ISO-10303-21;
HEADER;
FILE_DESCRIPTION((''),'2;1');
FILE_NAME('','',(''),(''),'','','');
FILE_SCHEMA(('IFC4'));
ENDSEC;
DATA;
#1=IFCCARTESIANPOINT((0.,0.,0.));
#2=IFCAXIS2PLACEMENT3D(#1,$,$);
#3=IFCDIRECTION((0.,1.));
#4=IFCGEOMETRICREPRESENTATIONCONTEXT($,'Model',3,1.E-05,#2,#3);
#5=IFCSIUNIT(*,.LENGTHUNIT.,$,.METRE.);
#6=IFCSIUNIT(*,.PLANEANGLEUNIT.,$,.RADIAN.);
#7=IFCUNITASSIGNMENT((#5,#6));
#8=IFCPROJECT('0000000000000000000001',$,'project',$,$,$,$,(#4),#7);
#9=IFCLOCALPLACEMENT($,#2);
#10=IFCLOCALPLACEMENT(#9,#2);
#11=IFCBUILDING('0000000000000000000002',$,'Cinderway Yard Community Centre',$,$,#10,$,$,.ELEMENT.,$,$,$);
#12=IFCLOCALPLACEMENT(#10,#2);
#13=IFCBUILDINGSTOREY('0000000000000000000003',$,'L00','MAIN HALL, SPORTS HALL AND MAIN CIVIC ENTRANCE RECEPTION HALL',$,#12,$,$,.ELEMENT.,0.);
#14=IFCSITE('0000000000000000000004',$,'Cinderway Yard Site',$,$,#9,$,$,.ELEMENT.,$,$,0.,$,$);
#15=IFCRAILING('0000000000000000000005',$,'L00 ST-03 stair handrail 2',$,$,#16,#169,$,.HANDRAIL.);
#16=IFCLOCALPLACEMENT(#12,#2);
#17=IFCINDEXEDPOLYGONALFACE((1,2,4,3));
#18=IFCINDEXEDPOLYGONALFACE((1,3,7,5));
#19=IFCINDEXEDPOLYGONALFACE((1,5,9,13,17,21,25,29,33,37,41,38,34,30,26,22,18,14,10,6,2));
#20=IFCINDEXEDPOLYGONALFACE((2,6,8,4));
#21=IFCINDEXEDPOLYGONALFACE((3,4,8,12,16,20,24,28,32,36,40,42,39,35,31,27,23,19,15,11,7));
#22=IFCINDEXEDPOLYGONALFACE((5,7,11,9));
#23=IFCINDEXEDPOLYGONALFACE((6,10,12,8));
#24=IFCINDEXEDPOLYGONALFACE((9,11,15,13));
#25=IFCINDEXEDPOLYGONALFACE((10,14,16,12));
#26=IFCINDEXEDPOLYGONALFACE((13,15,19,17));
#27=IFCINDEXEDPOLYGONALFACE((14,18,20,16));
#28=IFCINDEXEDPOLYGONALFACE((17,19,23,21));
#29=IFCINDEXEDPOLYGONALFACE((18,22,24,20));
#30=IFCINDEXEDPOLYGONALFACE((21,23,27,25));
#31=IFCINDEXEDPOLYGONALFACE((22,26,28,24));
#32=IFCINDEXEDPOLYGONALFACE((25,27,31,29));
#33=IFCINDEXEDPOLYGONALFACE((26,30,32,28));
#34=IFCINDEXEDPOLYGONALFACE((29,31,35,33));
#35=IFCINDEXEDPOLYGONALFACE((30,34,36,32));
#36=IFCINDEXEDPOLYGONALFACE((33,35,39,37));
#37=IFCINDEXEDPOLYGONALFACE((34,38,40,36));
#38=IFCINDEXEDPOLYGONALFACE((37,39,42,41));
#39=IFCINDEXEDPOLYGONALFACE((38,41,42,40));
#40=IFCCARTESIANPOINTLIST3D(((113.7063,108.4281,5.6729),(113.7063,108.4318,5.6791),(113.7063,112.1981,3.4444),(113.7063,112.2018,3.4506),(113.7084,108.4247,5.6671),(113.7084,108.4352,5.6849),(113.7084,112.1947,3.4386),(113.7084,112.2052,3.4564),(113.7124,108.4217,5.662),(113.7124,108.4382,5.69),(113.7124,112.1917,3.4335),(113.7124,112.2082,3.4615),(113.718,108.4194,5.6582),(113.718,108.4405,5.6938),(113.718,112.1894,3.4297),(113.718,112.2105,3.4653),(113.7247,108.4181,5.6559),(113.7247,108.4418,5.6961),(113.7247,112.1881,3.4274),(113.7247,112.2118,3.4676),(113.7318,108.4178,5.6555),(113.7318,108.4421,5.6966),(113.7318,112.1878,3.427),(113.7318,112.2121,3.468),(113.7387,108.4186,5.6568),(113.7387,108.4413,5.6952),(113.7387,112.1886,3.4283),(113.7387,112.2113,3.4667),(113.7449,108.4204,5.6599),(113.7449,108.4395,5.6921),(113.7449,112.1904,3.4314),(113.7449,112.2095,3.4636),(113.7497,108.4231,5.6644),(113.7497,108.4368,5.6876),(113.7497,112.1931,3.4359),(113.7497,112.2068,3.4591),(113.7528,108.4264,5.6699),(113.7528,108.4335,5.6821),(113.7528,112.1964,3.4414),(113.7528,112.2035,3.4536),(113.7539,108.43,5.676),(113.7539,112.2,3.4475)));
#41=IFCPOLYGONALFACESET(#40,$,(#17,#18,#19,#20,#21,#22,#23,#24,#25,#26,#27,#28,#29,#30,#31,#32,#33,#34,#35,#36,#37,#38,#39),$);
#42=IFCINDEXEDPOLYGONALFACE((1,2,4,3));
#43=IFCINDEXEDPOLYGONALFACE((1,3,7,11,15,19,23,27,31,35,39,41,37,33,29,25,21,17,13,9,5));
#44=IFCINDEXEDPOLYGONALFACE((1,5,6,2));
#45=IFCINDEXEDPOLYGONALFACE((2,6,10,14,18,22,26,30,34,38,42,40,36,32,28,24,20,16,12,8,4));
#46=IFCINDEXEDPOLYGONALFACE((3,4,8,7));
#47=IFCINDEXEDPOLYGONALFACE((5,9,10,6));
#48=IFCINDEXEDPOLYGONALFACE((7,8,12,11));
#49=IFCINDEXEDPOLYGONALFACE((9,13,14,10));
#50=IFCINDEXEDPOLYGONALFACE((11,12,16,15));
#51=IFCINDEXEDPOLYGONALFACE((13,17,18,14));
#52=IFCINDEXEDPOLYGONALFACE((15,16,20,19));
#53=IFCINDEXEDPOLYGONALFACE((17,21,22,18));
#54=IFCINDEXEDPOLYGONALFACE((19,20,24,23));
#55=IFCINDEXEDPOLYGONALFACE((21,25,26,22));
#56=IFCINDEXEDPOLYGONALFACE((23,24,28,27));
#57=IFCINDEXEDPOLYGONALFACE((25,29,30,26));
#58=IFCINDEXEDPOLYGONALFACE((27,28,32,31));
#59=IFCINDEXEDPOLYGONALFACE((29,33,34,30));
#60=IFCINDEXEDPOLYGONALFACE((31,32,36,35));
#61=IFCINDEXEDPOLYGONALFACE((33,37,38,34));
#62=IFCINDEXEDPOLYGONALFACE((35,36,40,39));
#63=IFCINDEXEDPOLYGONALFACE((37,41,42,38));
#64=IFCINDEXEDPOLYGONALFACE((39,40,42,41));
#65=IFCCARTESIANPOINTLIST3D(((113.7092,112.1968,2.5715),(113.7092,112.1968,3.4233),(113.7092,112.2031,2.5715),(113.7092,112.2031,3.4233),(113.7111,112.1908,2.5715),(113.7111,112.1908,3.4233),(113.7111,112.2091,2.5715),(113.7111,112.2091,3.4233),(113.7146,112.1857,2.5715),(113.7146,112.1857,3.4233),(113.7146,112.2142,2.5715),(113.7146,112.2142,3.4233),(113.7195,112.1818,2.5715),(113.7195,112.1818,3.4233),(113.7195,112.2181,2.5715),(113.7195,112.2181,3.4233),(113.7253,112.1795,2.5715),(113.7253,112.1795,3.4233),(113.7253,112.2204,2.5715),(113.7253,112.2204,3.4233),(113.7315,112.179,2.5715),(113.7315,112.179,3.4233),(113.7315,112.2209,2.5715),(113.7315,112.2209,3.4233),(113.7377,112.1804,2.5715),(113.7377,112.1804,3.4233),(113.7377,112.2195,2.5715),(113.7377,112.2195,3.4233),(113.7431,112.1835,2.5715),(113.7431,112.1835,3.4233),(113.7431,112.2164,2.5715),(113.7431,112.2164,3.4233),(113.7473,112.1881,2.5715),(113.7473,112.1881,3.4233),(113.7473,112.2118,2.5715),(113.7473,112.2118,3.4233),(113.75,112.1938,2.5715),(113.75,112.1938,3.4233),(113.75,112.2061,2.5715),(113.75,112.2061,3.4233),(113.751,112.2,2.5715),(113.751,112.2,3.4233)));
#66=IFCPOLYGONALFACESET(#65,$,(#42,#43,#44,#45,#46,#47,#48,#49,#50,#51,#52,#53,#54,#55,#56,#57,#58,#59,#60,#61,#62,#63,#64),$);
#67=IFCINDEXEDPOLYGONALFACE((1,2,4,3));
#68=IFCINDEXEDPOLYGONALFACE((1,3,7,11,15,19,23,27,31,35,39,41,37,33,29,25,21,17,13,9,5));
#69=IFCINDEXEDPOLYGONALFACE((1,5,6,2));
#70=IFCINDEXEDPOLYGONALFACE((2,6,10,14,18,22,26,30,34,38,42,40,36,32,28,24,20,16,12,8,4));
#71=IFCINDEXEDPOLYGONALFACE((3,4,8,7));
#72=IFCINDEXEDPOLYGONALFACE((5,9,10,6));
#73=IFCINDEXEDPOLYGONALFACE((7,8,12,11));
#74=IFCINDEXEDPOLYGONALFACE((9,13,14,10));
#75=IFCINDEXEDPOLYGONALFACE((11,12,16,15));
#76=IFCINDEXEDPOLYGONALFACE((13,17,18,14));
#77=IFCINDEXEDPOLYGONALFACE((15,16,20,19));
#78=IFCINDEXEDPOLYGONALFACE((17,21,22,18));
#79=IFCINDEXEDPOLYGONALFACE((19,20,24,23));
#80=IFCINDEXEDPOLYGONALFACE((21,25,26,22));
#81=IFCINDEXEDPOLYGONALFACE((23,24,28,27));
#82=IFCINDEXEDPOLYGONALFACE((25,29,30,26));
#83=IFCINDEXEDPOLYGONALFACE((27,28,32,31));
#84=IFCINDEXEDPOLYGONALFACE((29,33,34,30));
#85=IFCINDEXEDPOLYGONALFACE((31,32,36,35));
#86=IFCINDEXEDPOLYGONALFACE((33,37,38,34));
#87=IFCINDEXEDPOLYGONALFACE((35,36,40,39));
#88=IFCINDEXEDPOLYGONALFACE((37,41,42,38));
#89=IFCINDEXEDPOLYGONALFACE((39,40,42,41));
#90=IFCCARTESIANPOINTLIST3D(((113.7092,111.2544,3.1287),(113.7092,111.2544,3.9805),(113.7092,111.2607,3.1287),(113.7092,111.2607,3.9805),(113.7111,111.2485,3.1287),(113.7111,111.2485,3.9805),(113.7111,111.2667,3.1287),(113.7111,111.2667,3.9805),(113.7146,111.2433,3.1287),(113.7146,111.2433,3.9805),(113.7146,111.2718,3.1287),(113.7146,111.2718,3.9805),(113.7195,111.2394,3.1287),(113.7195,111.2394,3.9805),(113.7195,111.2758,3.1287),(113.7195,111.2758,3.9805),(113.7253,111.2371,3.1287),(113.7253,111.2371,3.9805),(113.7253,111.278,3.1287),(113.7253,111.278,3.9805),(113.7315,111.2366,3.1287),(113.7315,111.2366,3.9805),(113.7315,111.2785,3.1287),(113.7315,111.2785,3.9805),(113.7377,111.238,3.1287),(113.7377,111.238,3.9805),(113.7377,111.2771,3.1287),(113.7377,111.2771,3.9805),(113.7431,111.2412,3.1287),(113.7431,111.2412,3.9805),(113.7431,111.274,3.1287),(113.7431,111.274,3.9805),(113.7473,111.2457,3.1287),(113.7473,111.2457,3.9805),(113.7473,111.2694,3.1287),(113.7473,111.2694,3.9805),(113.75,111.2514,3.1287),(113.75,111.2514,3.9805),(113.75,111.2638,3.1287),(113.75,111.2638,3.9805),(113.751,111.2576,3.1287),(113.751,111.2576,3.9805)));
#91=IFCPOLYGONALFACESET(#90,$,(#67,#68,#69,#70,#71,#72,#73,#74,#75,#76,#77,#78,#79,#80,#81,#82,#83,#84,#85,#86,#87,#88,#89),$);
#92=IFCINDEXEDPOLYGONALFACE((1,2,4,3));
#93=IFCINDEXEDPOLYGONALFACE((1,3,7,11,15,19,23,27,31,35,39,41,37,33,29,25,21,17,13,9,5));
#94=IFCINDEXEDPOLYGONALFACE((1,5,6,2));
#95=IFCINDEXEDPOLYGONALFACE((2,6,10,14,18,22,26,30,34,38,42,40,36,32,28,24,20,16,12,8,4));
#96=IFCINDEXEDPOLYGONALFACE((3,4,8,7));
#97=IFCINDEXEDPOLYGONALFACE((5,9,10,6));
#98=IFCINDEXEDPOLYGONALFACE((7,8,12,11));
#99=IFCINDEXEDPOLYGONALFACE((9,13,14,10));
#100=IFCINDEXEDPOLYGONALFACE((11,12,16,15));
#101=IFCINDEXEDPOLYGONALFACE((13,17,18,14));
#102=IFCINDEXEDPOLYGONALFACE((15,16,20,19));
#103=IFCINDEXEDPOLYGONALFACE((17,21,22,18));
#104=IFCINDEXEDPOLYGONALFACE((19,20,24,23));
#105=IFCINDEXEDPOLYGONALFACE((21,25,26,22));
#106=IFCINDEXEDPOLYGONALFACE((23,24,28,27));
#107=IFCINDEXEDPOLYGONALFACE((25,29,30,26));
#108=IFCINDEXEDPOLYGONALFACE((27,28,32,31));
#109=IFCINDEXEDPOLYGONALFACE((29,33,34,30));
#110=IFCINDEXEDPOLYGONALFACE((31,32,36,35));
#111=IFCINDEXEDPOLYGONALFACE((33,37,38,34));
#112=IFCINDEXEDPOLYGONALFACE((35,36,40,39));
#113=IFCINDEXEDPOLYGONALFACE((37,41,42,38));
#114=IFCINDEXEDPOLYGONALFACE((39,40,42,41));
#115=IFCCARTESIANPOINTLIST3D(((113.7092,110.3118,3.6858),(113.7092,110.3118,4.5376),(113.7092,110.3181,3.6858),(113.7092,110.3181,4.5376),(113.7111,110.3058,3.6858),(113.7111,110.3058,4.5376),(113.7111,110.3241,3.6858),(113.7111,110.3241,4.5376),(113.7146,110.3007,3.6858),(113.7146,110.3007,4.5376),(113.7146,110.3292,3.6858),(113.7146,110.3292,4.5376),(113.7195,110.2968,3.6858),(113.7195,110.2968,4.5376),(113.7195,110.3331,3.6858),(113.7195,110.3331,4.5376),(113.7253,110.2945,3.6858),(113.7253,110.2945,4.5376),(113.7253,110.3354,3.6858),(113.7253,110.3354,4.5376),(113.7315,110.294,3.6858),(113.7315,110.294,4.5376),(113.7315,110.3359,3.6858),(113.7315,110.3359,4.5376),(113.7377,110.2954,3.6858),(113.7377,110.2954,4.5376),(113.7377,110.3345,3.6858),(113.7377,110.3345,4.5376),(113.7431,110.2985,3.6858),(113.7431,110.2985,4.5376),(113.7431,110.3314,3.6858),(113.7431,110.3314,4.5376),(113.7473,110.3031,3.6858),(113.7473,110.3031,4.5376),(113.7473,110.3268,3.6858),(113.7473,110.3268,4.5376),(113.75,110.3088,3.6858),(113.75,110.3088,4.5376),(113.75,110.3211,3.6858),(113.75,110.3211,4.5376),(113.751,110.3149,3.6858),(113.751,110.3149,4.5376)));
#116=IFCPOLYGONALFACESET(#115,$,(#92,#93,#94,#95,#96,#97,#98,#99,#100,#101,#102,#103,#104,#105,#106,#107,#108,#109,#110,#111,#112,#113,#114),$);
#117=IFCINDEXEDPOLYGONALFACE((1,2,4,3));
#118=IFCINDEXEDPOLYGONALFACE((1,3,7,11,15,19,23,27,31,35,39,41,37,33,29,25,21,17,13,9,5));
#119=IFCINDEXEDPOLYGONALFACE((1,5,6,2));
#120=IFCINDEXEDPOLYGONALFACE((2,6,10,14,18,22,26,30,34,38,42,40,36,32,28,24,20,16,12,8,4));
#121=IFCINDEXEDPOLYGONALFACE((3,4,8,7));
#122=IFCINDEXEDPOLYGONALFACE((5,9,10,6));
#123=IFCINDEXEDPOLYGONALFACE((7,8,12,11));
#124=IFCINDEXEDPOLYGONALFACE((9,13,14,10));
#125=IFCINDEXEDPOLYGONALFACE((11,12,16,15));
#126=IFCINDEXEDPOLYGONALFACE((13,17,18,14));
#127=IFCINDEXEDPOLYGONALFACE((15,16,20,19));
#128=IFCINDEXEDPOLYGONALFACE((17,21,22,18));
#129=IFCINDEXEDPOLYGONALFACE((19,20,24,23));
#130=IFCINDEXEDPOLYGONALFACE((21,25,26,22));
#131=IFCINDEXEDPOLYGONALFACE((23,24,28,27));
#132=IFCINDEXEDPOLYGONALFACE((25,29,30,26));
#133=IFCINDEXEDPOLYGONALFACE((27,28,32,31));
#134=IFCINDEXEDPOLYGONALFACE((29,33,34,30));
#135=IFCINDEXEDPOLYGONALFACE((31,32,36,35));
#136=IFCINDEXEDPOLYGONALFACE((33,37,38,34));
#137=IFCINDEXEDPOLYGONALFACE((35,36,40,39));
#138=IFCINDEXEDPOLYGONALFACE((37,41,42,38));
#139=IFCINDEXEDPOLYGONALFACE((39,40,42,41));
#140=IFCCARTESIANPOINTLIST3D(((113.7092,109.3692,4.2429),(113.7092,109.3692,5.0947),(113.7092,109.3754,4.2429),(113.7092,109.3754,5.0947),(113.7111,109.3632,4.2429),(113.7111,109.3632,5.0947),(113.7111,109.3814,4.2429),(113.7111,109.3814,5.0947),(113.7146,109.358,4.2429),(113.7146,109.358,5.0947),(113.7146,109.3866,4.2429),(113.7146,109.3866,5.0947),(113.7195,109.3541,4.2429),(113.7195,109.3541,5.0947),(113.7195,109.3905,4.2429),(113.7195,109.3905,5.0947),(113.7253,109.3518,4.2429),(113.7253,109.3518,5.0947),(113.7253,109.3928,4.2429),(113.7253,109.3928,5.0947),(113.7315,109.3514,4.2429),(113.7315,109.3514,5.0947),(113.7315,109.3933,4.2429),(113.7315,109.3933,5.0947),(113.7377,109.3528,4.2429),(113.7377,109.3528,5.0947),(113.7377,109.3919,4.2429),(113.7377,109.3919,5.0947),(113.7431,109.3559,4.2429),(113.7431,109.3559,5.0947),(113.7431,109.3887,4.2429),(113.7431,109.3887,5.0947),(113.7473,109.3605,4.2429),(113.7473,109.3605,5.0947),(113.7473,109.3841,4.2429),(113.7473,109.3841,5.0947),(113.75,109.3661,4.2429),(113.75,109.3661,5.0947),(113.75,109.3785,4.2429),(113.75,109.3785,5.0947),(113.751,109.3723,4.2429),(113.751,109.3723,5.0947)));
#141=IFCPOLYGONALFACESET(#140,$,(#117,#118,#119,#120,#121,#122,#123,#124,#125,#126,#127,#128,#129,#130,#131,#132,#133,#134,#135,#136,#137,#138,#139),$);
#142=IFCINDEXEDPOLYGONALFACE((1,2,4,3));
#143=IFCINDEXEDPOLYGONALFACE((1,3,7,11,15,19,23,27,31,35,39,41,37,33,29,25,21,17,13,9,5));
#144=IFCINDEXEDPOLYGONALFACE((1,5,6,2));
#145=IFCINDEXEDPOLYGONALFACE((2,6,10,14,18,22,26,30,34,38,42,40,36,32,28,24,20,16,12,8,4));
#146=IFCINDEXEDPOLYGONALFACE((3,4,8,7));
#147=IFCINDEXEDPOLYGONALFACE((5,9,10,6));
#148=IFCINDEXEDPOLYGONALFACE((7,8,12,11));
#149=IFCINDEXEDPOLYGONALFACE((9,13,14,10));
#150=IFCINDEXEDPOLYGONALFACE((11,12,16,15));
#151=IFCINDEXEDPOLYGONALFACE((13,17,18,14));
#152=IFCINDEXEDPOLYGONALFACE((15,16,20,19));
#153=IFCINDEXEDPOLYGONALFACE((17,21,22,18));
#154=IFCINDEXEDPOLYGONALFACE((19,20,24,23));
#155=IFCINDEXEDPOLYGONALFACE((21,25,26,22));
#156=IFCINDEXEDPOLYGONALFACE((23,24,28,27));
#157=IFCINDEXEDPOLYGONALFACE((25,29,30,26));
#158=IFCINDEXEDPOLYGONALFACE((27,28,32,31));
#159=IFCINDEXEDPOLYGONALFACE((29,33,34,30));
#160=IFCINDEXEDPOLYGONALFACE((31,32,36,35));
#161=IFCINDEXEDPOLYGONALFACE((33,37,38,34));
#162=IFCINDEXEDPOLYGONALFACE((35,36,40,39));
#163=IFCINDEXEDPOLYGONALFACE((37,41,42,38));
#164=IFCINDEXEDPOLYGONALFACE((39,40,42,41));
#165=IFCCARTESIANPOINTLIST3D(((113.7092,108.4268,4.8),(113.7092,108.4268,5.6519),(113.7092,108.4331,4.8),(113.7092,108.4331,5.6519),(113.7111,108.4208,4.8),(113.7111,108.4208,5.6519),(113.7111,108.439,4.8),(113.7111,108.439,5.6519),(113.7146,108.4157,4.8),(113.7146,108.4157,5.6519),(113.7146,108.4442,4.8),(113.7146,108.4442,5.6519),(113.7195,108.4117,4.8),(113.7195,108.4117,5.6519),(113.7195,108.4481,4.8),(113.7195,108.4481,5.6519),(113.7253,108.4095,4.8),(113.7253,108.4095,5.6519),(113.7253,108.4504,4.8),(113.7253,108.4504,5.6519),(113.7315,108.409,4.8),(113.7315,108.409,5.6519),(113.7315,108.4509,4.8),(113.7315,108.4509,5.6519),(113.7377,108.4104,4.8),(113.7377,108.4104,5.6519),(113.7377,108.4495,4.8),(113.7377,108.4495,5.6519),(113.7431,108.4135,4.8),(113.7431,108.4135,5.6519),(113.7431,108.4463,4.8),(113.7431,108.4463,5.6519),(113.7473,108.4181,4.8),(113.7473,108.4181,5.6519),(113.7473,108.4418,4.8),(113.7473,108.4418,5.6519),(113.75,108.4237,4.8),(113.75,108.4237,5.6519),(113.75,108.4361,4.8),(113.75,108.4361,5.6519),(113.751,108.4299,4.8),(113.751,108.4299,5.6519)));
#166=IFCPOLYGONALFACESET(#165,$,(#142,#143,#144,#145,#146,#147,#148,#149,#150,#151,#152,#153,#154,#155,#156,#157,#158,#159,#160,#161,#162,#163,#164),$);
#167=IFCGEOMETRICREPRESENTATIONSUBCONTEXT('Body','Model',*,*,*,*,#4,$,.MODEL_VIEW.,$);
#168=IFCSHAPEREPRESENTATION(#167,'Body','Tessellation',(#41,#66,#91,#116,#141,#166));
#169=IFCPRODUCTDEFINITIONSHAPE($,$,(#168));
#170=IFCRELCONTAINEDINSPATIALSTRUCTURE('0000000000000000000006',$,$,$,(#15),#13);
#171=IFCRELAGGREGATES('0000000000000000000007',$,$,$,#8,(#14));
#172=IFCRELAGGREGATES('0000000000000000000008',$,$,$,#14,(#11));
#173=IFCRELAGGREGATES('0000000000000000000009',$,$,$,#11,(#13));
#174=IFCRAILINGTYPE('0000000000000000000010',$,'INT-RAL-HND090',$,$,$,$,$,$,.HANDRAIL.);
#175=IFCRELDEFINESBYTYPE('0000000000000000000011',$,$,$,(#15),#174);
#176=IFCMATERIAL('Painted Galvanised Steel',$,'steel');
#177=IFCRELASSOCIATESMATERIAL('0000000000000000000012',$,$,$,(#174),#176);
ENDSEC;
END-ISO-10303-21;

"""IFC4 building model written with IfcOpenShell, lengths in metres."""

from ifc_helpers import new_model, si_unit, direction, frame, origin, origin_2d, place, context, subcontext, project, spatial, circle, extrude, material, type_object, element, save


model = new_model("IFC4")

# Units and contexts
model_context = context("Model", 3, precision=1e-05, world=origin(), true_north=direction((0.0, 1.0)))
body_context = subcontext(model_context, "Body", "Model", "MODEL_VIEW")
ifc_project = project(units=[si_unit("LENGTHUNIT", "METRE"), si_unit("PLANEANGLEUNIT", "RADIAN")], contexts=[model_context])

# Site, building, storey
site_placement = place(None, origin())
site = spatial("IfcSite", under=ifc_project, at=site_placement, Name="Cinderway Yard Site", CompositionType="ELEMENT", RefElevation=0.0)
building_placement = place(site_placement, origin())
building = spatial("IfcBuilding", under=site, at=building_placement, Name="Cinderway Yard Community Centre", CompositionType="ELEMENT")
storey_placement = place(building_placement, origin())
storey = spatial("IfcBuildingStorey", under=building, at=storey_placement, Name="L00", Description="MAIN HALL, SPORTS HALL AND MAIN CIVIC ENTRANCE RECEPTION HALL", CompositionType="ELEMENT", Elevation=0.0)

# Railing
ifc_material_1 = material(Name="Painted Galvanised Steel", Category="steel")
railing_type_1 = type_object("IfcRailingType", Name="INT-RAL-HND090", PredefinedType="HANDRAIL", material=ifc_material_1)
railing_1_placement = place(storey_placement, frame((113.73, 112.2, 2.5715)))
element("IfcRailing", 1, at=railing_1_placement, inside=storey, type_object=railing_type_1, Name="L00 ST-03 stair handrail 2", PredefinedType="HANDRAIL", context=body_context, shape_type="SweptSolid", body=[
    extrude(circle(Radius=0.0239, at=origin_2d()), frame((0.0, 0.0, 0.876), z_axis=(0.0, -0.860849, 0.508861), x_axis=(1.0, 0.0, 0.0)), (0.0, 0.0, 1.0), 4.3794),
    extrude(circle(Radius=0.021, at=origin_2d()), origin(), (0.0, 0.0, 1.0), 0.8518),
    extrude(circle(Radius=0.021, at=origin_2d()), frame((0.0, -0.9424, 0.5571)), (0.0, 0.0, 1.0), 0.8518),
    extrude(circle(Radius=0.021, at=origin_2d()), frame((0.0, -1.885, 1.1143)), (0.0, 0.0, 1.0), 0.8518),
    extrude(circle(Radius=0.021, at=origin_2d()), frame((0.0, -2.8276, 1.6714)), (0.0, 0.0, 1.0), 0.8518),
    extrude(circle(Radius=0.021, at=origin_2d()), frame((0.0, -3.77, 2.2285)), (0.0, 0.0, 1.0), 0.8518),
])

save(model, "model.ifc")
